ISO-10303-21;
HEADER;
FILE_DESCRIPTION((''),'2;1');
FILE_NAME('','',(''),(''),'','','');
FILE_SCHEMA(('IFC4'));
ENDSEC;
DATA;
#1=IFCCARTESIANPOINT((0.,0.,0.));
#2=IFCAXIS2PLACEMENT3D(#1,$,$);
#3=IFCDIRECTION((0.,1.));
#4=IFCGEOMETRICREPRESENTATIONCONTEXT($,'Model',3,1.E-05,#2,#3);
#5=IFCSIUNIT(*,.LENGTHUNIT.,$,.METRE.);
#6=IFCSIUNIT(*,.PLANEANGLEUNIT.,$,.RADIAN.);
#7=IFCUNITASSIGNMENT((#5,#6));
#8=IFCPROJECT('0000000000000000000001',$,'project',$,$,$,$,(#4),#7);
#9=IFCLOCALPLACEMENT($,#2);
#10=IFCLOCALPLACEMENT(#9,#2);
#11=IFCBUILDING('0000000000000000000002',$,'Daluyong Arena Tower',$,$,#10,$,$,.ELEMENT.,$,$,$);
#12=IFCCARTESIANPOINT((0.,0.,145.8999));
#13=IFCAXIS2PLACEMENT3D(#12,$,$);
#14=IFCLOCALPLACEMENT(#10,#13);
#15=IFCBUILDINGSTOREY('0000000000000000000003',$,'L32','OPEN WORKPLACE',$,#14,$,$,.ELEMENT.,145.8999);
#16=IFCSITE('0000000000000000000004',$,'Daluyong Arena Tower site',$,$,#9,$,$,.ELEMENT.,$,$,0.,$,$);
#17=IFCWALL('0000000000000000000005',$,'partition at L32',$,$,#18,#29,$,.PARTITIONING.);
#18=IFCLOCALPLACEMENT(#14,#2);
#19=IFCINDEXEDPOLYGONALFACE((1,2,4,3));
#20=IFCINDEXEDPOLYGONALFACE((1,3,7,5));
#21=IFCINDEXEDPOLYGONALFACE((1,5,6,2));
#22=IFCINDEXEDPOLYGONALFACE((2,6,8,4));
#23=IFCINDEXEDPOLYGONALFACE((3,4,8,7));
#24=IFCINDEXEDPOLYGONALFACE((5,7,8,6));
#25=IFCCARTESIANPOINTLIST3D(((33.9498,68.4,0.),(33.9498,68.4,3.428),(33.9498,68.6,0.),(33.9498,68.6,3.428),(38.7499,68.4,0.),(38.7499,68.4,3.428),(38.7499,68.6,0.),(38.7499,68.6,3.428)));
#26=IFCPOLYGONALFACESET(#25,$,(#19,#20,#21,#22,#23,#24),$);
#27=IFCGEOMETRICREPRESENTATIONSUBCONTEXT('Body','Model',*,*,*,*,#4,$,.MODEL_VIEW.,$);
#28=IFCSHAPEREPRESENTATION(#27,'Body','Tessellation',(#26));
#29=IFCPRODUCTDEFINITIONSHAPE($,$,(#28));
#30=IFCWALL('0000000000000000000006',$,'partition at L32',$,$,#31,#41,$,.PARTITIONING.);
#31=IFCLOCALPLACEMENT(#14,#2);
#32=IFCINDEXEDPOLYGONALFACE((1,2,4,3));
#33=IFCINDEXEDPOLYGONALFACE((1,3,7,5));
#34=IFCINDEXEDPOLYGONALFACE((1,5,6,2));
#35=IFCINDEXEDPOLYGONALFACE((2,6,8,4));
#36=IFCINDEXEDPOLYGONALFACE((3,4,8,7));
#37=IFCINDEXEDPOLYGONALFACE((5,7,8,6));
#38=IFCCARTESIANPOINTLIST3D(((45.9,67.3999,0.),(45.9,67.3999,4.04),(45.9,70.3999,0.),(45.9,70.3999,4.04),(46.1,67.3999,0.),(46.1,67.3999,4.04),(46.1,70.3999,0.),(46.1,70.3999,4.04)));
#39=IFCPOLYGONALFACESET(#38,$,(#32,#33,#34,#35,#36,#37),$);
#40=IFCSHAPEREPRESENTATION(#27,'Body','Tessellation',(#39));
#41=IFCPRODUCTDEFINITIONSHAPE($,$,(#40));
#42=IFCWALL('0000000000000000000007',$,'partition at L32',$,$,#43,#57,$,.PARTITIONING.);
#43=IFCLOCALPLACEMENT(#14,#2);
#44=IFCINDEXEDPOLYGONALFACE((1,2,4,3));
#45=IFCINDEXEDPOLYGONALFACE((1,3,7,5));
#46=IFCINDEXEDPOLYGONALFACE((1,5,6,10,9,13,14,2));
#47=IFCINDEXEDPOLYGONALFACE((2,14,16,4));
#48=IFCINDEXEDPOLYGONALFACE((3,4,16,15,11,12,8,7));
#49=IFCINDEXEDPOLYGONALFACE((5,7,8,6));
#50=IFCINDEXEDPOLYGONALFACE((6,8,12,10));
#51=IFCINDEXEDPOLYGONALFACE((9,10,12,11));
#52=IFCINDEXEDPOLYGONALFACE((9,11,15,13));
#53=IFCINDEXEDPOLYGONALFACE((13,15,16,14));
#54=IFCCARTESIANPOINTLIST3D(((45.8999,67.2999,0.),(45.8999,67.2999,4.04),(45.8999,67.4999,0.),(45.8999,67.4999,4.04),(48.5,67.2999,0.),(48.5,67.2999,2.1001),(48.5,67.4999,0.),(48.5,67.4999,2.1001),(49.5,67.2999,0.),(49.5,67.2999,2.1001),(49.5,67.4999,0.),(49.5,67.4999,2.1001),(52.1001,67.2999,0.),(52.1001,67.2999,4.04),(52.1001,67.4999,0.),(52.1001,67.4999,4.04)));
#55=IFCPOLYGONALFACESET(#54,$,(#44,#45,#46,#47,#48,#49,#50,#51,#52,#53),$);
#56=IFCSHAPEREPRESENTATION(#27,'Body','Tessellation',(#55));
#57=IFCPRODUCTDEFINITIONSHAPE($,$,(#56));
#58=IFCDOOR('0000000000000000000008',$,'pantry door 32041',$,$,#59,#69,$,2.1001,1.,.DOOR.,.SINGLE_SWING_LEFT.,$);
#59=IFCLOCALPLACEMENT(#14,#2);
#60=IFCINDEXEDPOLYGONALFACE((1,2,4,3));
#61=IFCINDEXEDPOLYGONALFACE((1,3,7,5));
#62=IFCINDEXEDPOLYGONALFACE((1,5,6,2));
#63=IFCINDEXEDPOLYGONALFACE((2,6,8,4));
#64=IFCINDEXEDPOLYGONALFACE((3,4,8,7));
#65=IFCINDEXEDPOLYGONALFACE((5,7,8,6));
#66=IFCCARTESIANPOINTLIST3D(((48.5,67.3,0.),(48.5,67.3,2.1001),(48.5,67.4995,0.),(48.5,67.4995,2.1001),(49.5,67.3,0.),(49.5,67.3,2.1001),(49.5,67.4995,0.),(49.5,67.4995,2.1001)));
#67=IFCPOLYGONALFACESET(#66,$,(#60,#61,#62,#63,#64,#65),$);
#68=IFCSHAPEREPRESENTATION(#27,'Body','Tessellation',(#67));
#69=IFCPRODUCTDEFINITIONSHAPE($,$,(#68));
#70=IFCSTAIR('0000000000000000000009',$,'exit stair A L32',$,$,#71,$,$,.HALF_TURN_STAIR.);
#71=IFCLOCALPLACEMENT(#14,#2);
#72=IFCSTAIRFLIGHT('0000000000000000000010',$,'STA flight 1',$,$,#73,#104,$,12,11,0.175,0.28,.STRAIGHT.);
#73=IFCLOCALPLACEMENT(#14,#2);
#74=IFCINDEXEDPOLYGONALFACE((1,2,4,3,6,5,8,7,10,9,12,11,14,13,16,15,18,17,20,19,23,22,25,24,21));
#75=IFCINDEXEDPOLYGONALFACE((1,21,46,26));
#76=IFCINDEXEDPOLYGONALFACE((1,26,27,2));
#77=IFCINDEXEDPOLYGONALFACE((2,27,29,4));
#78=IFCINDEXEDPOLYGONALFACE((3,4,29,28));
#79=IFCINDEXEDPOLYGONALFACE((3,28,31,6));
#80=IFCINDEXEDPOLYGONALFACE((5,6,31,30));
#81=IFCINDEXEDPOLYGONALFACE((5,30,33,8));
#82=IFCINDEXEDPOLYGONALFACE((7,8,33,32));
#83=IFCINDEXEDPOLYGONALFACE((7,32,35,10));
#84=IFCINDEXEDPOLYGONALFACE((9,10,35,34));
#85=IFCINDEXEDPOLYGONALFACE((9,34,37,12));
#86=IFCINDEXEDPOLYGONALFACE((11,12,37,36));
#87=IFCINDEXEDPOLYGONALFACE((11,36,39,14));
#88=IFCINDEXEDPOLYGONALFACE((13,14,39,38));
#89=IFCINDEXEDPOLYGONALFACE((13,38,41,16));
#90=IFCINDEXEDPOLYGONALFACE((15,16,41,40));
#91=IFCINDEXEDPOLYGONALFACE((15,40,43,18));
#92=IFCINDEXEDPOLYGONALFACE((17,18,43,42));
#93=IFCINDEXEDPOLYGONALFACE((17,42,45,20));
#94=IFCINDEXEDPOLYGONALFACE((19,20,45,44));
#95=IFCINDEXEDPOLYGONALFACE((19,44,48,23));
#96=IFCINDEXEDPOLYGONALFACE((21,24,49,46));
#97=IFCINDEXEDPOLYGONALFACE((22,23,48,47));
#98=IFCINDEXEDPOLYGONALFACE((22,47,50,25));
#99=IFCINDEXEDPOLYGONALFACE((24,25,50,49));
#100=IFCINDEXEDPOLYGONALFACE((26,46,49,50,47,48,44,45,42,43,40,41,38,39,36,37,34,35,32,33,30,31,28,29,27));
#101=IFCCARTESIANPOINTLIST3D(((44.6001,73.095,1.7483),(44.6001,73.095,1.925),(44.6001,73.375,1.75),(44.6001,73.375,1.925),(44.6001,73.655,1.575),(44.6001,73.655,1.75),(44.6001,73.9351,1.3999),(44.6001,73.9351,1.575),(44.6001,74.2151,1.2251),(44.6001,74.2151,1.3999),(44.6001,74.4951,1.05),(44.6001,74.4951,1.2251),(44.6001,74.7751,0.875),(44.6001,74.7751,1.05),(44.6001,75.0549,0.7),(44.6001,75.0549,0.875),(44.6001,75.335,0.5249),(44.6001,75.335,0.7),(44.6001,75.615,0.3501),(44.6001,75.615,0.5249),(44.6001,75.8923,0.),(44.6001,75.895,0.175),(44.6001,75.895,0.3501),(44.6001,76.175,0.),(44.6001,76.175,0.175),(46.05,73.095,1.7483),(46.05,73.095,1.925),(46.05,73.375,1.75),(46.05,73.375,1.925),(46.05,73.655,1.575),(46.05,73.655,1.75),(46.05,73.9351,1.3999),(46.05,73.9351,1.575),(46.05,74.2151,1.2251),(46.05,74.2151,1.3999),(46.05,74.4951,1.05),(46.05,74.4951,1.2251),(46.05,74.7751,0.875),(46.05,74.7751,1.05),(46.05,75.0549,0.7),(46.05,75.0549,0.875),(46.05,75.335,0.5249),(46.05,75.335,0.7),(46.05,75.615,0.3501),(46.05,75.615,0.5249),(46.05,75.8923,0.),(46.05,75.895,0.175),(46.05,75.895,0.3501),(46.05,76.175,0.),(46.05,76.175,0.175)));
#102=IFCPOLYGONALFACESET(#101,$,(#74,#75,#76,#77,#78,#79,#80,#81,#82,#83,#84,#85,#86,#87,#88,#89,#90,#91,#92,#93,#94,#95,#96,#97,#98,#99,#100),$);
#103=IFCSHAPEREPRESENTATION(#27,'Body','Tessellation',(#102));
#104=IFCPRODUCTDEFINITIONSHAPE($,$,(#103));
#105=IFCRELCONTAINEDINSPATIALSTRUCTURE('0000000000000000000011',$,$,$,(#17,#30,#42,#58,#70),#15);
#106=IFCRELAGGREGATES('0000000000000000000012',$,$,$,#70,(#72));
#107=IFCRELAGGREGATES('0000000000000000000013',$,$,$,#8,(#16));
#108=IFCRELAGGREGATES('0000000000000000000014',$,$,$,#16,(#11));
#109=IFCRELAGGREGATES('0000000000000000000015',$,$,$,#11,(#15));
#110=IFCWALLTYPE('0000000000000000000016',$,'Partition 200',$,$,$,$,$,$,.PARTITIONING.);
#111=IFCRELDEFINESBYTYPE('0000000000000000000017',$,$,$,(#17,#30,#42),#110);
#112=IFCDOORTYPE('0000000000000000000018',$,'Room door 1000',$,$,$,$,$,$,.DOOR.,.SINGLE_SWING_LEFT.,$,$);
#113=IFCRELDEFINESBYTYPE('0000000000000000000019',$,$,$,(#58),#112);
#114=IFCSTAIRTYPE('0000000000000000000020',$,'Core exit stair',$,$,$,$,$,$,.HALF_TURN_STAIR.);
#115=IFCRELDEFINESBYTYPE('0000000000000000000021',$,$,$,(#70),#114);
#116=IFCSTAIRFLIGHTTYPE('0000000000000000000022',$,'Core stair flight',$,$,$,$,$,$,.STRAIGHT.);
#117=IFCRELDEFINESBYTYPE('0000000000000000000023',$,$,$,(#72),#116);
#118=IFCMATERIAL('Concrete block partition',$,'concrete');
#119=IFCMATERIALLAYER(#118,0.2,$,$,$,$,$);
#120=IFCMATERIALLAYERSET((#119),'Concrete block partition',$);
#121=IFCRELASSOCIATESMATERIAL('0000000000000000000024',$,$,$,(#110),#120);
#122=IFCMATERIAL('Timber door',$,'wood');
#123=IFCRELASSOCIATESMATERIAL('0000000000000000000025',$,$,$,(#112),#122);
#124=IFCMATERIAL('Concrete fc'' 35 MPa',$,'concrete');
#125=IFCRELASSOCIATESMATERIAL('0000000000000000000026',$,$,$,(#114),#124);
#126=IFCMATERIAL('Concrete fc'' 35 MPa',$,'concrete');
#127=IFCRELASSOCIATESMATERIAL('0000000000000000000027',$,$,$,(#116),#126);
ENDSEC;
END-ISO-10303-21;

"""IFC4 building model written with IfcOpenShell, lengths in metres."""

from ifc_helpers import new_model, si_unit, direction, frame, frame_2d, origin, place, context, subcontext, project, spatial, polyline, rectangle, outline, extrude, material, layer, layer_set, type_object, element, fill, aggregate, save


model = new_model("IFC4")

# Units and contexts
model_context = context("Model", 3, precision=1e-05, world=origin(), true_north=direction((0.0, 1.0)))
body_context = subcontext(model_context, "Body", "Model", "MODEL_VIEW")
ifc_project = project(units=[si_unit("LENGTHUNIT", "METRE"), si_unit("PLANEANGLEUNIT", "RADIAN")], contexts=[model_context])

# Site, building, storey
site_placement = place(None, origin())
site = spatial("IfcSite", under=ifc_project, at=site_placement, Name="Daluyong Arena Tower site", CompositionType="ELEMENT", RefElevation=0.0)
building_placement = place(site_placement, origin())
building = spatial("IfcBuilding", under=site, at=building_placement, Name="Daluyong Arena Tower", CompositionType="ELEMENT")
storey_placement = place(building_placement, frame((0.0, 0.0, 145.8999)))
storey = spatial("IfcBuildingStorey", under=building, at=storey_placement, Name="L32", Description="OPEN WORKPLACE", CompositionType="ELEMENT", Elevation=145.8999)

# Walls
ifc_material_1 = material(Name="Concrete block partition", Category="concrete")
ifc_layer_1 = layer(ifc_material_1, 0.2)
ifc_layer_set_1 = layer_set([ifc_layer_1], Name="Concrete block partition")
wall_type_1 = type_object("IfcWallType", Name="Partition 200", PredefinedType="PARTITIONING", material=ifc_layer_set_1)
wall_1_placement = place(storey_placement, frame((33.95, 68.5, 0.0), z_axis=(0.0, 0.0, 1.0), x_axis=(1.0, 0.0, 0.0)))
element("IfcWall", 1, at=wall_1_placement, inside=storey, type_object=wall_type_1, Name="partition at L32", PredefinedType="PARTITIONING", context=body_context, shape_type="SweptSolid", body=[
    extrude(rectangle(XDim=4.8, YDim=0.2, at=frame_2d((2.3999, 0.0))), origin(), (0.0, 0.0, 1.0), 3.428),
])
wall_2_placement = place(storey_placement, frame((46.0, 67.3999, 0.0), z_axis=(0.0, 0.0, 1.0), x_axis=(0.0, 1.0, 0.0)))
element("IfcWall", 2, at=wall_2_placement, inside=storey, type_object=wall_type_1, Name="partition at L32", PredefinedType="PARTITIONING", context=body_context, shape_type="SweptSolid", body=[
    extrude(rectangle(XDim=3.0, YDim=0.2, at=frame_2d((1.5, 0.0))), origin(), (0.0, 0.0, 1.0), 4.04),
])

# Wall, opening, door
wall_3_placement = place(storey_placement, frame((45.8999, 67.3999, 0.0), z_axis=(0.0, 0.0, 1.0), x_axis=(1.0, 0.0, 0.0)))
wall_3 = element("IfcWall", 3, at=wall_3_placement, inside=storey, type_object=wall_type_1, Name="partition at L32", PredefinedType="PARTITIONING", context=body_context, shape_type="SweptSolid", body=[
    extrude(rectangle(XDim=6.2002, YDim=0.2, at=frame_2d((3.1001, 0.0))), origin(), (0.0, 0.0, 1.0), 4.04),
])
opening_1_placement = place(wall_3_placement, frame((2.6001, 0.0, 0.0)))
opening_1 = element("IfcOpeningElement", 4, at=opening_1_placement, cuts=wall_3, PredefinedType="OPENING", context=body_context, shape_type="SweptSolid", body=[
    extrude(rectangle(XDim=1.0, YDim=2.1001, at=frame_2d((0.5, 1.05))), frame((0.0, 0.1099, 0.0), z_axis=(0.0, -1.0, 0.0), x_axis=(1.0, 0.0, 0.0)), (0.0, 0.0, 1.0), 0.22),
])
ifc_material_2 = material(Name="Timber door", Category="wood")
door_type_1 = type_object("IfcDoorType", Name="Room door 1000", OperationType="SINGLE_SWING_LEFT", PredefinedType="DOOR", material=ifc_material_2)
door_1_placement = place(opening_1_placement, origin())
door_1 = element("IfcDoor", 5, at=door_1_placement, inside=storey, type_object=door_type_1, Name="pantry door 32041", OperationType="SINGLE_SWING_LEFT", OverallHeight=2.1001, OverallWidth=1.0, PredefinedType="DOOR", context=body_context, shape_type="SweptSolid", body=[
    extrude(rectangle(XDim=1.0, YDim=2.1001, at=frame_2d((0.5, 1.05))), frame((0.0, 0.0996, 0.0), z_axis=(0.0, -1.0, 0.0), x_axis=(1.0, 0.0, 0.0)), (0.0, 0.0, 1.0), 0.1995),
])
fill(opening_1, door_1)

# Stair, stair flight
ifc_material_3 = material(Name="Concrete fc' 35 MPa", Category="concrete")
stair_type = type_object("IfcStairType", Name="Core exit stair", PredefinedType="HALF_TURN_STAIR", material=ifc_material_3)
stair_placement = place(storey_placement, origin())
stair = element("IfcStair", 6, at=stair_placement, inside=storey, type_object=stair_type, Name="exit stair A L32", PredefinedType="HALF_TURN_STAIR")
ifc_material_4 = material(Name="Concrete fc' 35 MPa", Category="concrete")
stair_flight_type = type_object("IfcStairFlightType", Name="Core stair flight", PredefinedType="STRAIGHT", material=ifc_material_4)
stair_flight_placement = place(storey_placement, frame((45.325, 76.175, 0.0), z_axis=(0.0, 0.0, 1.0), x_axis=(0.0, -1.0, 0.0)))
stair_flight = element("IfcStairFlight", 7, at=stair_flight_placement, type_object=stair_flight_type, Name="STA flight 1", NumberOfRisers=12, NumberOfTreads=11, PredefinedType="STRAIGHT", RiserHeight=0.175, TreadLength=0.28, context=body_context, shape_type="SweptSolid", body=[
    extrude(outline(polyline([(0.0, 0.0), (0.0, 0.175), (0.28, 0.175), (0.28, 0.3501), (0.5601, 0.3501), (0.5601, 0.5249), (0.8401, 0.5249), (0.8401, 0.7), (1.1201, 0.7), (1.1201, 0.875), (1.3999, 0.875), (1.3999, 1.05), (1.6799, 1.05), (1.6799, 1.2251), (1.96, 1.2251), (1.96, 1.3999), (2.24, 1.3999), (2.24, 1.575), (2.52, 1.575), (2.52, 1.75), (2.8, 1.75), (2.8, 1.925), (3.0801, 1.925), (3.0801, 2.1001), (3.0801, 1.7483), (0.2827, 0.0), (0.0, 0.0)])), frame((0.0, 0.7251, 0.0), z_axis=(0.0, -1.0, 0.0), x_axis=(1.0, 0.0, 0.0)), (0.0, 0.0, 1.0), 1.45),
])
aggregate(stair, [stair_flight])

save(model, "model.ifc")
